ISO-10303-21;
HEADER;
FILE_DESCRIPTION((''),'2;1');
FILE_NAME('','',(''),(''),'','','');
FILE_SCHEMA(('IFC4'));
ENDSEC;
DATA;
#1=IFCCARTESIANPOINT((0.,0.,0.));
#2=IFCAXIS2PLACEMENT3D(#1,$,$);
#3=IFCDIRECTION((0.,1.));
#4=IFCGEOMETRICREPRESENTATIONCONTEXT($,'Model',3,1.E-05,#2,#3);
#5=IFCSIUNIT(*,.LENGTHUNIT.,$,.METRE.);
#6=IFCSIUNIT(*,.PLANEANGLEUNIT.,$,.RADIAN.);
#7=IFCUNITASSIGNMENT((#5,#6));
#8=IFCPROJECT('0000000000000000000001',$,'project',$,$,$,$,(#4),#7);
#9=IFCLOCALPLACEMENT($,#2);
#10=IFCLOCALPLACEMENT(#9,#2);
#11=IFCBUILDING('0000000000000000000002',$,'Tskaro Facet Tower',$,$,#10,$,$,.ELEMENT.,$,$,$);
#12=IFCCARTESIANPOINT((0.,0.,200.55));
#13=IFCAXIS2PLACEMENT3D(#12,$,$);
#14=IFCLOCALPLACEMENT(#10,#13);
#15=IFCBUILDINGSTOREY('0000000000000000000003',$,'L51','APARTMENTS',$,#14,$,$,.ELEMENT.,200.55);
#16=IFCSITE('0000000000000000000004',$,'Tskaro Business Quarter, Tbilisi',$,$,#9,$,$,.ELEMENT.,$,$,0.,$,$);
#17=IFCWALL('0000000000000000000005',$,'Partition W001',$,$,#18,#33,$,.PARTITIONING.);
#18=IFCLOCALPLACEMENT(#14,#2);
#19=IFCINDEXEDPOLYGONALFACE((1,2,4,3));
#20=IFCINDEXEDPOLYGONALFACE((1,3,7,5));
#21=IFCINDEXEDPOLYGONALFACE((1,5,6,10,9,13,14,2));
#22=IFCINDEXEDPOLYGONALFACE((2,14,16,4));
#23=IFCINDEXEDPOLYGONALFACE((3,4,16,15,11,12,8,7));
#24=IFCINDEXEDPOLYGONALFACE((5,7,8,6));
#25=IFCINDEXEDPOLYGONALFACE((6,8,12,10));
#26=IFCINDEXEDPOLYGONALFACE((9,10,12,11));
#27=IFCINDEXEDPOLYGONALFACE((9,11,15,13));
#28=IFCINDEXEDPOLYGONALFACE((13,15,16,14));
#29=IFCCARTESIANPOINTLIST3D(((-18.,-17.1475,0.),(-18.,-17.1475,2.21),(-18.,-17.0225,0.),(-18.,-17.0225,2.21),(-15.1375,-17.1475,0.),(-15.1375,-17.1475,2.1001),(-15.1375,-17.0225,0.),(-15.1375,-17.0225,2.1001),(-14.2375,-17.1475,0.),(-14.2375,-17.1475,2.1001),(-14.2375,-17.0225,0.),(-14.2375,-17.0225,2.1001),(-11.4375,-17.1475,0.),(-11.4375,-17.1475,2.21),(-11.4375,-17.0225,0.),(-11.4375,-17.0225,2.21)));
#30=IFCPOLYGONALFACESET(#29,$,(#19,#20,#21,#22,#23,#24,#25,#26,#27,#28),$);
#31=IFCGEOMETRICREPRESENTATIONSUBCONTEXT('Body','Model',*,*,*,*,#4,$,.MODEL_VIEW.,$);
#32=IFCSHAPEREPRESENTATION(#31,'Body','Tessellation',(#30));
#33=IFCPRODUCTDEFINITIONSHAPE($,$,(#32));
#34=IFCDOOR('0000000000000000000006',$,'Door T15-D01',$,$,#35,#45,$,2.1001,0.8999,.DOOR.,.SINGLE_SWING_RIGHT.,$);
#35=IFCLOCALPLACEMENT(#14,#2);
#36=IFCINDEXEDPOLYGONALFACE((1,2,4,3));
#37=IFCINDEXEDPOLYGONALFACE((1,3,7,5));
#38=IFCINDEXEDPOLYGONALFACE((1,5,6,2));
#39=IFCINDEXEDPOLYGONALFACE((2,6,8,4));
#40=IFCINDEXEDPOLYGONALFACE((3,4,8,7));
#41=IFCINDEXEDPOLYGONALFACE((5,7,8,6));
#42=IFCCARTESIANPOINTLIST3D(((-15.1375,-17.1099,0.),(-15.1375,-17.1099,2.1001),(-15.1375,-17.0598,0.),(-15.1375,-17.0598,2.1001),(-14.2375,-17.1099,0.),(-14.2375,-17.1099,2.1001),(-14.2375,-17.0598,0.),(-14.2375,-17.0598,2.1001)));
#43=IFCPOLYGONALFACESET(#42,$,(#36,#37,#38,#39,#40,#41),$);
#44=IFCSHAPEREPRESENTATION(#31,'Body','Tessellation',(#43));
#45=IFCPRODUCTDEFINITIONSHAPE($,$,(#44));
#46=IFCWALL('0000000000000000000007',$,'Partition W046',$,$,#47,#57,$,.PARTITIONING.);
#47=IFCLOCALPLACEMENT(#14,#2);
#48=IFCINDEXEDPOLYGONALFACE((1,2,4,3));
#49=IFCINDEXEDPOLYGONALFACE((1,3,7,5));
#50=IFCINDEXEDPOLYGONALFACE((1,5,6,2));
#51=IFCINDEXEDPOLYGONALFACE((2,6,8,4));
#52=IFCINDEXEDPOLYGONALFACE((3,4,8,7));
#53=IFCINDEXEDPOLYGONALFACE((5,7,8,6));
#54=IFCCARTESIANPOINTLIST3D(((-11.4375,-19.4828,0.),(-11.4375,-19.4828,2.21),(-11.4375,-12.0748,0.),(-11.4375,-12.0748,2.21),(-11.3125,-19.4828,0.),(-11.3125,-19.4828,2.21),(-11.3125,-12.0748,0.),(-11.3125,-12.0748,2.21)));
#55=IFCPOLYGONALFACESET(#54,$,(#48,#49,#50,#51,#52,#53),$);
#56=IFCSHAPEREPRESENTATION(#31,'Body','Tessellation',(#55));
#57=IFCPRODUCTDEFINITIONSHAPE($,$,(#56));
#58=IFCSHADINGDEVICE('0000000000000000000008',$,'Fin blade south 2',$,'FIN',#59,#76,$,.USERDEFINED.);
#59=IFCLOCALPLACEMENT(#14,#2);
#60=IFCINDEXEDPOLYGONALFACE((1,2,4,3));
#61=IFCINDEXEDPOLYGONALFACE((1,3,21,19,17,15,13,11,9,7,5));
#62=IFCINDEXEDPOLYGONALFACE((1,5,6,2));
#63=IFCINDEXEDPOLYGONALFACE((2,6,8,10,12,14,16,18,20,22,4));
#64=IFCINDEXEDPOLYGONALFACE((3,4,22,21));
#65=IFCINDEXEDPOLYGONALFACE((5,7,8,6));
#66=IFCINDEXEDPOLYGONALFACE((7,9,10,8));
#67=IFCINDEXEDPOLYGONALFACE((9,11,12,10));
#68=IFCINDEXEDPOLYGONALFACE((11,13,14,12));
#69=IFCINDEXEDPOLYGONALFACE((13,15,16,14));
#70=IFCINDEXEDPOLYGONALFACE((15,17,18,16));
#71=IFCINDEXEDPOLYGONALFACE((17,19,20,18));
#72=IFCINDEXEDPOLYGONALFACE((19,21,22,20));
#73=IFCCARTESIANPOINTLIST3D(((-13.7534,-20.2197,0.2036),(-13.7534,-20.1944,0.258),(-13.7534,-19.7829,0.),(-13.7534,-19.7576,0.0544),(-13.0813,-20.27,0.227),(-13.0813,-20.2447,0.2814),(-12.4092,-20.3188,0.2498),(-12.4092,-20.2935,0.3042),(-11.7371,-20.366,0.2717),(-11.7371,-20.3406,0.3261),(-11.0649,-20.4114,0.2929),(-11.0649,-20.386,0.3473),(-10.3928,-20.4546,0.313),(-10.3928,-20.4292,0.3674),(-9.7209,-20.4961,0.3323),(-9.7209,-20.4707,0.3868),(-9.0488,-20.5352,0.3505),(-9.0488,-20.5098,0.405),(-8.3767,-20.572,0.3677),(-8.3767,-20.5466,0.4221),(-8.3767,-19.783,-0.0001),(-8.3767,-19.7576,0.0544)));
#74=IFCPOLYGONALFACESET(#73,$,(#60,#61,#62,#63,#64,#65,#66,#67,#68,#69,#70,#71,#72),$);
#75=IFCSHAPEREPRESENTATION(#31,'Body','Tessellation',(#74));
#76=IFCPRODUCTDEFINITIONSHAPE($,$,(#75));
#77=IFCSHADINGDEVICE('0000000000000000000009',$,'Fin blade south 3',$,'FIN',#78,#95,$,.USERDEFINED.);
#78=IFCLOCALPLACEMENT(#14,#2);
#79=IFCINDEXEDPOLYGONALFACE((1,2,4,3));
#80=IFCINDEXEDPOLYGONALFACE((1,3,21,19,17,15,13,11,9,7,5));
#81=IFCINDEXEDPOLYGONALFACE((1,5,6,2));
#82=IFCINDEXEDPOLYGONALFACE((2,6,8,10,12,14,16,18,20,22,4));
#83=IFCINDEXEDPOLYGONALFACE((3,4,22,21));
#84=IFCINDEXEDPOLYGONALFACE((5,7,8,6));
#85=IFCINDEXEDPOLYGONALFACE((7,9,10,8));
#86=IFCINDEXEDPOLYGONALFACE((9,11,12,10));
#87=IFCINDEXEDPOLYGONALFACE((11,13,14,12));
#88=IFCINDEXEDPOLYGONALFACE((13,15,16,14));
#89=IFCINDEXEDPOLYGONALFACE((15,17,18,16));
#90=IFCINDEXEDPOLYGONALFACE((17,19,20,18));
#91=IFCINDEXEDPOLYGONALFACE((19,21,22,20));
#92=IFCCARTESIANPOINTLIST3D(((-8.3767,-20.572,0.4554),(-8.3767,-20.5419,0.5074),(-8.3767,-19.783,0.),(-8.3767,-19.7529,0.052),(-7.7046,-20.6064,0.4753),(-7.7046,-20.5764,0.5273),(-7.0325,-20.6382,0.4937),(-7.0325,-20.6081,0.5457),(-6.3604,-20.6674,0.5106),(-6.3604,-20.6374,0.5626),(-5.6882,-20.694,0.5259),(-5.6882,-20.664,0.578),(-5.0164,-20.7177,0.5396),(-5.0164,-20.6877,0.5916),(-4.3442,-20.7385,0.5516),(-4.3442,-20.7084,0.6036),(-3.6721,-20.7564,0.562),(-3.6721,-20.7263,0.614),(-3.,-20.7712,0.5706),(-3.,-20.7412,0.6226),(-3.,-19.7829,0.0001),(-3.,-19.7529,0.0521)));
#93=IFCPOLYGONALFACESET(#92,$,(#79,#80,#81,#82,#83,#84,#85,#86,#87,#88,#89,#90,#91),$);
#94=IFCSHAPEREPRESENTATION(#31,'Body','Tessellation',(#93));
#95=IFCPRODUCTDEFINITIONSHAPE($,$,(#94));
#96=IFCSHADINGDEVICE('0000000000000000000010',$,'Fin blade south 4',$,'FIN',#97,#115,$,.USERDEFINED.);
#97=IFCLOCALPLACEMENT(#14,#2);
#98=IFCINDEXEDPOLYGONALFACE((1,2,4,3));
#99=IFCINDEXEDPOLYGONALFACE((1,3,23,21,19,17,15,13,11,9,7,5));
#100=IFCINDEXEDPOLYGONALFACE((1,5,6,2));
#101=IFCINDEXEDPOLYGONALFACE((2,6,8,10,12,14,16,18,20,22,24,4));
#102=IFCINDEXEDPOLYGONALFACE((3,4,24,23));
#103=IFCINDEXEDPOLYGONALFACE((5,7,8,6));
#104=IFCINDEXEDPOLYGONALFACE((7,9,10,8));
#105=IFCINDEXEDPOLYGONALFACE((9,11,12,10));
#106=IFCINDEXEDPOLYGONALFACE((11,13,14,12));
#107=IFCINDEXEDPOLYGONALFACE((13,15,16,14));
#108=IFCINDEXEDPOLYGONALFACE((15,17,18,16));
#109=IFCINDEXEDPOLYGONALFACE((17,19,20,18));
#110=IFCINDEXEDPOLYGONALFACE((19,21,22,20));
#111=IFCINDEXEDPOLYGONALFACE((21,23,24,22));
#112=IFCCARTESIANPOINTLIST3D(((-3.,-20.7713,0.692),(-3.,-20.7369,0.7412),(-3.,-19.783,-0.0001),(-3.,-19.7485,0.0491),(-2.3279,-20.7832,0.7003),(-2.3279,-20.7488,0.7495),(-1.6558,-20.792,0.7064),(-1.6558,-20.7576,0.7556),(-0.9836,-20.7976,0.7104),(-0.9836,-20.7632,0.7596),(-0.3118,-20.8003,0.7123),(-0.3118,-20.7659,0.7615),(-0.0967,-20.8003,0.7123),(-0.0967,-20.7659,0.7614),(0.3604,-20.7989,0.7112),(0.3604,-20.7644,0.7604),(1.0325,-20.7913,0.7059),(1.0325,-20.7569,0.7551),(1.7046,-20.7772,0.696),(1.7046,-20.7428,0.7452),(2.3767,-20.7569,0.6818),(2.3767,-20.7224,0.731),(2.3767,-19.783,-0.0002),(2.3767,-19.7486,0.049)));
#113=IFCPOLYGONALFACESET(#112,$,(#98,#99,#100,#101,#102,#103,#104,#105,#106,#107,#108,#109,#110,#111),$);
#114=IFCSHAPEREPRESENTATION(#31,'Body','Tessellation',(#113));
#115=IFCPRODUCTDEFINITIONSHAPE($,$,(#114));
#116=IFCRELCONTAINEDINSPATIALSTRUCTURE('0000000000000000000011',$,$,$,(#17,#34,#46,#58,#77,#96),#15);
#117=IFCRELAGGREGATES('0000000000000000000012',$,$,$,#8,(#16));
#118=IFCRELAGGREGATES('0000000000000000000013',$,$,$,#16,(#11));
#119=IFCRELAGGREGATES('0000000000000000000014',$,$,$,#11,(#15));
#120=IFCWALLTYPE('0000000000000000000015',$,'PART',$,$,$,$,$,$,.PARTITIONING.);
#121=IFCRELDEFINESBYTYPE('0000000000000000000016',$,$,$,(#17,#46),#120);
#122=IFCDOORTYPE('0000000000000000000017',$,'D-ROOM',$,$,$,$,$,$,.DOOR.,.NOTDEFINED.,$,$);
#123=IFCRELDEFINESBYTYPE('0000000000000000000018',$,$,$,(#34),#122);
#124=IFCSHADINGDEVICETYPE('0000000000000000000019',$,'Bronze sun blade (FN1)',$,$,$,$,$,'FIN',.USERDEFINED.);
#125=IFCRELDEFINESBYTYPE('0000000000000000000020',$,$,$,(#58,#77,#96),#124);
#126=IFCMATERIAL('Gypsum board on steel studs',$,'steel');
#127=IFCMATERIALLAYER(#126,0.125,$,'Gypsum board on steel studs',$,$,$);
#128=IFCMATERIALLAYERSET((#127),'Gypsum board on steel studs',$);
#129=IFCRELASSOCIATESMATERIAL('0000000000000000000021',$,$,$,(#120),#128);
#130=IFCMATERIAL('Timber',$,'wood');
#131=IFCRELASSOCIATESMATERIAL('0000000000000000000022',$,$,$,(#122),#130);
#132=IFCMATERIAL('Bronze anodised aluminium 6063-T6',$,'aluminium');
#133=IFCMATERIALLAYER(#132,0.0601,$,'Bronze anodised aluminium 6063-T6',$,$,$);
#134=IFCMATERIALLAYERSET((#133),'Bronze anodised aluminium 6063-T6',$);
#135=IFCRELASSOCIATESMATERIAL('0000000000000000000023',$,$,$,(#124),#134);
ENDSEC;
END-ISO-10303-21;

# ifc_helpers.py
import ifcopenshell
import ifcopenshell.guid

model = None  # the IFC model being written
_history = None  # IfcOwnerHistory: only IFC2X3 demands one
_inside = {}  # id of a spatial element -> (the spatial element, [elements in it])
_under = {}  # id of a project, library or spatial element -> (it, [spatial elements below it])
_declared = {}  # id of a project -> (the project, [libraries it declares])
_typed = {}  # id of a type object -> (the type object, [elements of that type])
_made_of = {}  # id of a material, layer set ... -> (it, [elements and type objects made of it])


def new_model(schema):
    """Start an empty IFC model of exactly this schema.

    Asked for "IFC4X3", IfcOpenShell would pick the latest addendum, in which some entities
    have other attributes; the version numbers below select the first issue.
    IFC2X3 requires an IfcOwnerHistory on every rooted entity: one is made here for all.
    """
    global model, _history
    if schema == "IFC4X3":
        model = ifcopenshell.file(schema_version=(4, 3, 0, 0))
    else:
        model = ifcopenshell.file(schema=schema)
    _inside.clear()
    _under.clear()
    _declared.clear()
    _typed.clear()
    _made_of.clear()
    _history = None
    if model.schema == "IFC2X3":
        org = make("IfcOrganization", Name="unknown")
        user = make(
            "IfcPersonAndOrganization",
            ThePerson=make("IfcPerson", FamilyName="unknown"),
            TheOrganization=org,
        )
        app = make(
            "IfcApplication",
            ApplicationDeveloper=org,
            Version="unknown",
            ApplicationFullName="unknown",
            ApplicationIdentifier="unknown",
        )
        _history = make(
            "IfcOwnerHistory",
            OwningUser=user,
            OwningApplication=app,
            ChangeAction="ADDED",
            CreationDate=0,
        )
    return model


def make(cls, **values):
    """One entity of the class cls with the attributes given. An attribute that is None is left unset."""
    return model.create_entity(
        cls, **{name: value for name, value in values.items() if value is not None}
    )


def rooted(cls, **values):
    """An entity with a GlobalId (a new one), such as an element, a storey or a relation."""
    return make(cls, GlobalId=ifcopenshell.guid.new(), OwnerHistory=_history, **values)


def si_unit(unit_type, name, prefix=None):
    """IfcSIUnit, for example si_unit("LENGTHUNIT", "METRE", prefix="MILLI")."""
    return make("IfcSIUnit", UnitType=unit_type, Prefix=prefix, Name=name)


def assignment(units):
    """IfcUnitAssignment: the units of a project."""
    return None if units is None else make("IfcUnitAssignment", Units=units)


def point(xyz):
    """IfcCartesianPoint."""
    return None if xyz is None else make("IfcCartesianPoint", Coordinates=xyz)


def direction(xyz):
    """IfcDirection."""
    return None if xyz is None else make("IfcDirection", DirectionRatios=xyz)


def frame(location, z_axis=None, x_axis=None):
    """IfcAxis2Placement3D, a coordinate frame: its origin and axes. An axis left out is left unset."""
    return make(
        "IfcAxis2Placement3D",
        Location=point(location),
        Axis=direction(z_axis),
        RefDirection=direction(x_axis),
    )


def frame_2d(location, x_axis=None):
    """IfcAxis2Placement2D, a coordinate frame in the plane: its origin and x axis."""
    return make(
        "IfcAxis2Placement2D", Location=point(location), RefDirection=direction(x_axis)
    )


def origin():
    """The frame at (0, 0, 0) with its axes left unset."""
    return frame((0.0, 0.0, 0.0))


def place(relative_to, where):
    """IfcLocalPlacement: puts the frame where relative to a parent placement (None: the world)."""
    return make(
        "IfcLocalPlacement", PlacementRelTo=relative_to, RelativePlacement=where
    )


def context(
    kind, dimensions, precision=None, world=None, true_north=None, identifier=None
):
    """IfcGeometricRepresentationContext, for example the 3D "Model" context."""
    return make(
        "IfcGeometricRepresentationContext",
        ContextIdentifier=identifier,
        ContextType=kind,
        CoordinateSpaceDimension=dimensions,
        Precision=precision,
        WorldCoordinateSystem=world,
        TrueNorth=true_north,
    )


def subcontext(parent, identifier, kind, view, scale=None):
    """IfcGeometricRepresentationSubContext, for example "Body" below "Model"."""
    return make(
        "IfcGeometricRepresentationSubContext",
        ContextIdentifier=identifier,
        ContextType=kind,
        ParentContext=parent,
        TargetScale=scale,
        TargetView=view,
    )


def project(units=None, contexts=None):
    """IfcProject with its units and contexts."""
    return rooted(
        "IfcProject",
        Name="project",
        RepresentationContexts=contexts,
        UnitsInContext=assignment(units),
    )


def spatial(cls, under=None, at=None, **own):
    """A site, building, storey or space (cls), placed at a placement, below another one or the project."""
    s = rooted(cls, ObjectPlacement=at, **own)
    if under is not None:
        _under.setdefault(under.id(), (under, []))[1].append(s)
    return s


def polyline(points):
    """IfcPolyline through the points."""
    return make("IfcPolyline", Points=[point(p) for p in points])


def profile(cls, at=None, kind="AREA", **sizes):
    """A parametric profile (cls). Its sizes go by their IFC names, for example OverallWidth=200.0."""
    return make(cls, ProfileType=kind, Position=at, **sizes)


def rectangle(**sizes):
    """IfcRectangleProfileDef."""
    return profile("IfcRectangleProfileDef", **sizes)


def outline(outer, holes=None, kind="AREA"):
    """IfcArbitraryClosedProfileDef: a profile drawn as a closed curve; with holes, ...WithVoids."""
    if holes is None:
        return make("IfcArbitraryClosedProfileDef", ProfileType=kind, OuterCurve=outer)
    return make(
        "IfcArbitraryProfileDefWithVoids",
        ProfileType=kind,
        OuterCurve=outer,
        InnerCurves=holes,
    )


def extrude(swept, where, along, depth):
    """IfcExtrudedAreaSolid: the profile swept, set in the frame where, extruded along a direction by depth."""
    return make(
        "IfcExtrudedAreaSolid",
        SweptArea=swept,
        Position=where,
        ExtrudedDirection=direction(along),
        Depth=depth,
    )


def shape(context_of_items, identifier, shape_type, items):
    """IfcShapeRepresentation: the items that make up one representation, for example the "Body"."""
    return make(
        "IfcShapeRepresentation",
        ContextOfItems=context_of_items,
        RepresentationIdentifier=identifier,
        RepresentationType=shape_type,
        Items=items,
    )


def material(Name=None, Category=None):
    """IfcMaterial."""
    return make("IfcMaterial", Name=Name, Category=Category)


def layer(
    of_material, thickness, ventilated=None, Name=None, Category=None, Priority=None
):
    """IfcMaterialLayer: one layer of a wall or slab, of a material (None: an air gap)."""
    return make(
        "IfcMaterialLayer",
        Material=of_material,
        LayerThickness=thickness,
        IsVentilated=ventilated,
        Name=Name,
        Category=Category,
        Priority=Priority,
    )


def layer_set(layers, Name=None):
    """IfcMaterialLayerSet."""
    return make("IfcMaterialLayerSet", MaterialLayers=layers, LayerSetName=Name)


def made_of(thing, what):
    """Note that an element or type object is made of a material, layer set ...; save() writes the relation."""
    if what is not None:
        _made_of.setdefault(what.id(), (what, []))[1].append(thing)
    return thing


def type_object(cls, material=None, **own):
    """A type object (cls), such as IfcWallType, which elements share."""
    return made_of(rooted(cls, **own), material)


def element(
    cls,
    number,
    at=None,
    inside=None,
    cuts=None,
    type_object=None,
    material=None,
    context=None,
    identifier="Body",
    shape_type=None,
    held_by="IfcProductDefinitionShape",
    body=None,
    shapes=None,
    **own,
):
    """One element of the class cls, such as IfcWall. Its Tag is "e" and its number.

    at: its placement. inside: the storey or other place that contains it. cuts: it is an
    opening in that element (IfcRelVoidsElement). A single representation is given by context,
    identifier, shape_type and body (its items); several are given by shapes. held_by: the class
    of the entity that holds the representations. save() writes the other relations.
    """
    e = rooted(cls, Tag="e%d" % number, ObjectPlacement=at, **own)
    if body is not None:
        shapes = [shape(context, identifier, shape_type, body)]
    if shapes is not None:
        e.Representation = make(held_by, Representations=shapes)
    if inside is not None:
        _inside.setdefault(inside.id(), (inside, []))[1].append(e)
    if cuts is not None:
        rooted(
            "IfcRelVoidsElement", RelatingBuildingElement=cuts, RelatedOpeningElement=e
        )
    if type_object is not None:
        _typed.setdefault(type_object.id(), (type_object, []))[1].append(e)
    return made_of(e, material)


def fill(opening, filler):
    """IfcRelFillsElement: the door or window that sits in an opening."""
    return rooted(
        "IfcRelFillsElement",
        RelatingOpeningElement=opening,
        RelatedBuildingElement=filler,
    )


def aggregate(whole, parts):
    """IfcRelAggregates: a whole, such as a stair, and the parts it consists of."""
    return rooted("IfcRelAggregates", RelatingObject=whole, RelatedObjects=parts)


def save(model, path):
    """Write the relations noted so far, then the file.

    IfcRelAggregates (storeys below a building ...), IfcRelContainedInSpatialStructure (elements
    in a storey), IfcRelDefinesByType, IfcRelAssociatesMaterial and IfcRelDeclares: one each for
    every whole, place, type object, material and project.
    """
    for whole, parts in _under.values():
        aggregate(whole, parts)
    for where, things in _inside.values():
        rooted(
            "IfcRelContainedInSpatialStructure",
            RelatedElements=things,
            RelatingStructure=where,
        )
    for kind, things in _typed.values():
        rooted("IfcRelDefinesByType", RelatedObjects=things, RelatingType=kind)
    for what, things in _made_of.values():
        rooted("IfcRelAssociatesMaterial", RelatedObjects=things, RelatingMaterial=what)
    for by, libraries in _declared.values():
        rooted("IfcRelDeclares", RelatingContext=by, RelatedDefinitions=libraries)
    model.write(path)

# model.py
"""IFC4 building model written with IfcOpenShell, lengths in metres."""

from ifc_helpers import new_model, si_unit, direction, frame, frame_2d, origin, place, context, subcontext, project, spatial, polyline, rectangle, outline, extrude, material, layer, layer_set, type_object, element, fill, save


model = new_model("IFC4")

# Units and contexts
model_context = context("Model", 3, precision=1e-05, world=origin(), true_north=direction((0.0, 1.0)))
body_context = subcontext(model_context, "Body", "Model", "MODEL_VIEW")
ifc_project = project(units=[si_unit("LENGTHUNIT", "METRE"), si_unit("PLANEANGLEUNIT", "RADIAN")], contexts=[model_context])

# Site, building, storey
site_placement = place(None, origin())
site = spatial("IfcSite", under=ifc_project, at=site_placement, Name="Tskaro Business Quarter, Tbilisi", CompositionType="ELEMENT", RefElevation=0.0)
building_placement = place(site_placement, origin())
building = spatial("IfcBuilding", under=site, at=building_placement, Name="Tskaro Facet Tower", CompositionType="ELEMENT")
storey_placement = place(building_placement, frame((0.0, 0.0, 200.55)))
storey = spatial("IfcBuildingStorey", under=building, at=storey_placement, Name="L51", Description="APARTMENTS", CompositionType="ELEMENT", Elevation=200.55)

# Shared definitions
ifc_material_1 = material(Name="Bronze anodised aluminium 6063-T6", Category="aluminium")

# Wall, opening, door
ifc_material_2 = material(Name="Gypsum board on steel studs", Category="steel")
ifc_layer_1 = layer(ifc_material_2, 0.125, Name="Gypsum board on steel studs")
ifc_layer_set_1 = layer_set([ifc_layer_1], Name="Gypsum board on steel studs")
wall_type = type_object("IfcWallType", Name="PART", PredefinedType="PARTITIONING", material=ifc_layer_set_1)
wall_1_placement = place(storey_placement, frame((-11.4375, -17.085, 0.0), z_axis=(0.0, 0.0, 1.0), x_axis=(-1.0, 0.0, 0.0)))
wall_1 = element("IfcWall", 1, at=wall_1_placement, inside=storey, type_object=wall_type, Name="Partition W001", PredefinedType="PARTITIONING", context=body_context, shape_type="SweptSolid", body=[
    extrude(rectangle(XDim=6.5625, YDim=0.125, at=frame_2d((3.2812, 0.0))), origin(), (0.0, 0.0, 1.0), 2.21),
])
opening_placement = place(wall_1_placement, frame((2.8, 0.0, 0.0)))
opening = element("IfcOpeningElement", 2, at=opening_placement, cuts=wall_1, PredefinedType="OPENING", context=body_context, shape_type="SweptSolid", body=[
    extrude(rectangle(XDim=0.8999, YDim=2.1001, at=frame_2d((0.45, 1.05))), frame((0.0, 0.0725, 0.0), z_axis=(0.0, -1.0, 0.0), x_axis=(1.0, 0.0, 0.0)), (0.0, 0.0, 1.0), 0.145),
])
ifc_material_3 = material(Name="Timber", Category="wood")
door_type = type_object("IfcDoorType", Name="D-ROOM", OperationType="NOTDEFINED", PredefinedType="DOOR", material=ifc_material_3)
door_placement = place(opening_placement, origin())
door = element("IfcDoor", 3, at=door_placement, inside=storey, type_object=door_type, Name="Door T15-D01", OperationType="SINGLE_SWING_RIGHT", OverallHeight=2.1001, OverallWidth=0.8999, PredefinedType="DOOR", context=body_context, shape_type="SweptSolid", body=[
    extrude(rectangle(XDim=0.8999, YDim=2.1001, at=frame_2d((0.45, 1.05))), frame((0.0, 0.0249, 0.0), z_axis=(0.0, -1.0, 0.0), x_axis=(1.0, 0.0, 0.0)), (0.0, 0.0, 1.0), 0.05),
])
fill(opening, door)

# Wall
wall_2_placement = place(storey_placement, frame((-11.375, -19.4829, 0.0), z_axis=(0.0, 0.0, 1.0), x_axis=(0.0, 1.0, 0.0)))
element("IfcWall", 4, at=wall_2_placement, inside=storey, type_object=wall_type, Name="Partition W046", PredefinedType="PARTITIONING", context=body_context, shape_type="SweptSolid", body=[
    extrude(rectangle(XDim=7.408, YDim=0.125, at=frame_2d((3.7041, 0.0))), origin(), (0.0, 0.0, 1.0), 2.21),
])

# Shading devices
ifc_layer_2 = layer(ifc_material_1, 0.0601, Name="Bronze anodised aluminium 6063-T6")
ifc_layer_set_2 = layer_set([ifc_layer_2], Name="Bronze anodised aluminium 6063-T6")
shading_device_type = type_object("IfcShadingDeviceType", Name="Bronze sun blade (FN1)", ElementType="FIN", PredefinedType="USERDEFINED", material=ifc_layer_set_2)
shading_device_1_placement = place(storey_placement, frame((-13.7534, -19.7576, 0.0544), z_axis=(0.000012, 0.422439, 0.906391), x_axis=(1.0, -0.000005, -0.000011)))
element("IfcShadingDevice", 5, at=shading_device_1_placement, inside=storey, type_object=shading_device_type, Name="Fin blade south 2", ObjectType="FIN", PredefinedType="USERDEFINED", context=body_context, shape_type="SweptSolid", body=[
    extrude(outline(polyline([(0.0, 0.0), (5.3767, 0.0), (5.3767, -0.8705), (4.7046, -0.8299), (4.0325, -0.7867), (3.3606, -0.741), (2.6885, -0.6934), (2.0164, -0.6432), (1.3442, -0.5912), (0.6721, -0.5374), (0.0, -0.4819), (0.0, 0.0)])), origin(), (0.0, 0.0, -1.0), 0.0601),
])
shading_device_2_placement = place(storey_placement, frame((-8.3767, -19.7529, 0.052), z_axis=(-0.000019, 0.499909, 0.866078), x_axis=(1.0, 0.00001, 0.000017)))
element("IfcShadingDevice", 6, at=shading_device_2_placement, inside=storey, type_object=shading_device_type, Name="Fin blade south 3", ObjectType="FIN", PredefinedType="USERDEFINED", context=body_context, shape_type="SweptSolid", body=[
    extrude(outline(polyline([(0.0, 0.0), (5.3767, 0.0), (5.3767, -1.1412), (4.7046, -1.124), (4.0325, -1.1033), (3.3604, -1.0793), (2.6885, -1.052), (2.0164, -1.0213), (1.3442, -0.9875), (0.6721, -0.9508), (0.0, -0.911), (0.0, 0.0)])), origin(), (0.0, 0.0, -1.0), 0.0601),
])
shading_device_3_placement = place(storey_placement, frame((-3.0, -19.7485, 0.0491), z_axis=(0.000012, 0.57361, 0.819129), x_axis=(1.0, -0.000007, -0.00001)))
element("IfcShadingDevice", 7, at=shading_device_3_placement, inside=storey, type_object=shading_device_type, Name="Fin blade south 4", ObjectType="FIN", PredefinedType="USERDEFINED", context=body_context, shape_type="SweptSolid", body=[
    extrude(outline(polyline([(0.0, 0.0), (5.3767, 0.0), (5.3767, -1.1889), (4.7046, -1.2137), (4.0325, -1.2309), (3.3604, -1.2402), (2.9033, -1.242), (2.6882, -1.242), (2.0164, -1.2386), (1.3442, -1.2318), (0.6721, -1.2211), (0.0, -1.2065), (0.0, 0.0)])), origin(), (0.0, 0.0, -1.0), 0.0601),
])

save(model, "model.ifc")
